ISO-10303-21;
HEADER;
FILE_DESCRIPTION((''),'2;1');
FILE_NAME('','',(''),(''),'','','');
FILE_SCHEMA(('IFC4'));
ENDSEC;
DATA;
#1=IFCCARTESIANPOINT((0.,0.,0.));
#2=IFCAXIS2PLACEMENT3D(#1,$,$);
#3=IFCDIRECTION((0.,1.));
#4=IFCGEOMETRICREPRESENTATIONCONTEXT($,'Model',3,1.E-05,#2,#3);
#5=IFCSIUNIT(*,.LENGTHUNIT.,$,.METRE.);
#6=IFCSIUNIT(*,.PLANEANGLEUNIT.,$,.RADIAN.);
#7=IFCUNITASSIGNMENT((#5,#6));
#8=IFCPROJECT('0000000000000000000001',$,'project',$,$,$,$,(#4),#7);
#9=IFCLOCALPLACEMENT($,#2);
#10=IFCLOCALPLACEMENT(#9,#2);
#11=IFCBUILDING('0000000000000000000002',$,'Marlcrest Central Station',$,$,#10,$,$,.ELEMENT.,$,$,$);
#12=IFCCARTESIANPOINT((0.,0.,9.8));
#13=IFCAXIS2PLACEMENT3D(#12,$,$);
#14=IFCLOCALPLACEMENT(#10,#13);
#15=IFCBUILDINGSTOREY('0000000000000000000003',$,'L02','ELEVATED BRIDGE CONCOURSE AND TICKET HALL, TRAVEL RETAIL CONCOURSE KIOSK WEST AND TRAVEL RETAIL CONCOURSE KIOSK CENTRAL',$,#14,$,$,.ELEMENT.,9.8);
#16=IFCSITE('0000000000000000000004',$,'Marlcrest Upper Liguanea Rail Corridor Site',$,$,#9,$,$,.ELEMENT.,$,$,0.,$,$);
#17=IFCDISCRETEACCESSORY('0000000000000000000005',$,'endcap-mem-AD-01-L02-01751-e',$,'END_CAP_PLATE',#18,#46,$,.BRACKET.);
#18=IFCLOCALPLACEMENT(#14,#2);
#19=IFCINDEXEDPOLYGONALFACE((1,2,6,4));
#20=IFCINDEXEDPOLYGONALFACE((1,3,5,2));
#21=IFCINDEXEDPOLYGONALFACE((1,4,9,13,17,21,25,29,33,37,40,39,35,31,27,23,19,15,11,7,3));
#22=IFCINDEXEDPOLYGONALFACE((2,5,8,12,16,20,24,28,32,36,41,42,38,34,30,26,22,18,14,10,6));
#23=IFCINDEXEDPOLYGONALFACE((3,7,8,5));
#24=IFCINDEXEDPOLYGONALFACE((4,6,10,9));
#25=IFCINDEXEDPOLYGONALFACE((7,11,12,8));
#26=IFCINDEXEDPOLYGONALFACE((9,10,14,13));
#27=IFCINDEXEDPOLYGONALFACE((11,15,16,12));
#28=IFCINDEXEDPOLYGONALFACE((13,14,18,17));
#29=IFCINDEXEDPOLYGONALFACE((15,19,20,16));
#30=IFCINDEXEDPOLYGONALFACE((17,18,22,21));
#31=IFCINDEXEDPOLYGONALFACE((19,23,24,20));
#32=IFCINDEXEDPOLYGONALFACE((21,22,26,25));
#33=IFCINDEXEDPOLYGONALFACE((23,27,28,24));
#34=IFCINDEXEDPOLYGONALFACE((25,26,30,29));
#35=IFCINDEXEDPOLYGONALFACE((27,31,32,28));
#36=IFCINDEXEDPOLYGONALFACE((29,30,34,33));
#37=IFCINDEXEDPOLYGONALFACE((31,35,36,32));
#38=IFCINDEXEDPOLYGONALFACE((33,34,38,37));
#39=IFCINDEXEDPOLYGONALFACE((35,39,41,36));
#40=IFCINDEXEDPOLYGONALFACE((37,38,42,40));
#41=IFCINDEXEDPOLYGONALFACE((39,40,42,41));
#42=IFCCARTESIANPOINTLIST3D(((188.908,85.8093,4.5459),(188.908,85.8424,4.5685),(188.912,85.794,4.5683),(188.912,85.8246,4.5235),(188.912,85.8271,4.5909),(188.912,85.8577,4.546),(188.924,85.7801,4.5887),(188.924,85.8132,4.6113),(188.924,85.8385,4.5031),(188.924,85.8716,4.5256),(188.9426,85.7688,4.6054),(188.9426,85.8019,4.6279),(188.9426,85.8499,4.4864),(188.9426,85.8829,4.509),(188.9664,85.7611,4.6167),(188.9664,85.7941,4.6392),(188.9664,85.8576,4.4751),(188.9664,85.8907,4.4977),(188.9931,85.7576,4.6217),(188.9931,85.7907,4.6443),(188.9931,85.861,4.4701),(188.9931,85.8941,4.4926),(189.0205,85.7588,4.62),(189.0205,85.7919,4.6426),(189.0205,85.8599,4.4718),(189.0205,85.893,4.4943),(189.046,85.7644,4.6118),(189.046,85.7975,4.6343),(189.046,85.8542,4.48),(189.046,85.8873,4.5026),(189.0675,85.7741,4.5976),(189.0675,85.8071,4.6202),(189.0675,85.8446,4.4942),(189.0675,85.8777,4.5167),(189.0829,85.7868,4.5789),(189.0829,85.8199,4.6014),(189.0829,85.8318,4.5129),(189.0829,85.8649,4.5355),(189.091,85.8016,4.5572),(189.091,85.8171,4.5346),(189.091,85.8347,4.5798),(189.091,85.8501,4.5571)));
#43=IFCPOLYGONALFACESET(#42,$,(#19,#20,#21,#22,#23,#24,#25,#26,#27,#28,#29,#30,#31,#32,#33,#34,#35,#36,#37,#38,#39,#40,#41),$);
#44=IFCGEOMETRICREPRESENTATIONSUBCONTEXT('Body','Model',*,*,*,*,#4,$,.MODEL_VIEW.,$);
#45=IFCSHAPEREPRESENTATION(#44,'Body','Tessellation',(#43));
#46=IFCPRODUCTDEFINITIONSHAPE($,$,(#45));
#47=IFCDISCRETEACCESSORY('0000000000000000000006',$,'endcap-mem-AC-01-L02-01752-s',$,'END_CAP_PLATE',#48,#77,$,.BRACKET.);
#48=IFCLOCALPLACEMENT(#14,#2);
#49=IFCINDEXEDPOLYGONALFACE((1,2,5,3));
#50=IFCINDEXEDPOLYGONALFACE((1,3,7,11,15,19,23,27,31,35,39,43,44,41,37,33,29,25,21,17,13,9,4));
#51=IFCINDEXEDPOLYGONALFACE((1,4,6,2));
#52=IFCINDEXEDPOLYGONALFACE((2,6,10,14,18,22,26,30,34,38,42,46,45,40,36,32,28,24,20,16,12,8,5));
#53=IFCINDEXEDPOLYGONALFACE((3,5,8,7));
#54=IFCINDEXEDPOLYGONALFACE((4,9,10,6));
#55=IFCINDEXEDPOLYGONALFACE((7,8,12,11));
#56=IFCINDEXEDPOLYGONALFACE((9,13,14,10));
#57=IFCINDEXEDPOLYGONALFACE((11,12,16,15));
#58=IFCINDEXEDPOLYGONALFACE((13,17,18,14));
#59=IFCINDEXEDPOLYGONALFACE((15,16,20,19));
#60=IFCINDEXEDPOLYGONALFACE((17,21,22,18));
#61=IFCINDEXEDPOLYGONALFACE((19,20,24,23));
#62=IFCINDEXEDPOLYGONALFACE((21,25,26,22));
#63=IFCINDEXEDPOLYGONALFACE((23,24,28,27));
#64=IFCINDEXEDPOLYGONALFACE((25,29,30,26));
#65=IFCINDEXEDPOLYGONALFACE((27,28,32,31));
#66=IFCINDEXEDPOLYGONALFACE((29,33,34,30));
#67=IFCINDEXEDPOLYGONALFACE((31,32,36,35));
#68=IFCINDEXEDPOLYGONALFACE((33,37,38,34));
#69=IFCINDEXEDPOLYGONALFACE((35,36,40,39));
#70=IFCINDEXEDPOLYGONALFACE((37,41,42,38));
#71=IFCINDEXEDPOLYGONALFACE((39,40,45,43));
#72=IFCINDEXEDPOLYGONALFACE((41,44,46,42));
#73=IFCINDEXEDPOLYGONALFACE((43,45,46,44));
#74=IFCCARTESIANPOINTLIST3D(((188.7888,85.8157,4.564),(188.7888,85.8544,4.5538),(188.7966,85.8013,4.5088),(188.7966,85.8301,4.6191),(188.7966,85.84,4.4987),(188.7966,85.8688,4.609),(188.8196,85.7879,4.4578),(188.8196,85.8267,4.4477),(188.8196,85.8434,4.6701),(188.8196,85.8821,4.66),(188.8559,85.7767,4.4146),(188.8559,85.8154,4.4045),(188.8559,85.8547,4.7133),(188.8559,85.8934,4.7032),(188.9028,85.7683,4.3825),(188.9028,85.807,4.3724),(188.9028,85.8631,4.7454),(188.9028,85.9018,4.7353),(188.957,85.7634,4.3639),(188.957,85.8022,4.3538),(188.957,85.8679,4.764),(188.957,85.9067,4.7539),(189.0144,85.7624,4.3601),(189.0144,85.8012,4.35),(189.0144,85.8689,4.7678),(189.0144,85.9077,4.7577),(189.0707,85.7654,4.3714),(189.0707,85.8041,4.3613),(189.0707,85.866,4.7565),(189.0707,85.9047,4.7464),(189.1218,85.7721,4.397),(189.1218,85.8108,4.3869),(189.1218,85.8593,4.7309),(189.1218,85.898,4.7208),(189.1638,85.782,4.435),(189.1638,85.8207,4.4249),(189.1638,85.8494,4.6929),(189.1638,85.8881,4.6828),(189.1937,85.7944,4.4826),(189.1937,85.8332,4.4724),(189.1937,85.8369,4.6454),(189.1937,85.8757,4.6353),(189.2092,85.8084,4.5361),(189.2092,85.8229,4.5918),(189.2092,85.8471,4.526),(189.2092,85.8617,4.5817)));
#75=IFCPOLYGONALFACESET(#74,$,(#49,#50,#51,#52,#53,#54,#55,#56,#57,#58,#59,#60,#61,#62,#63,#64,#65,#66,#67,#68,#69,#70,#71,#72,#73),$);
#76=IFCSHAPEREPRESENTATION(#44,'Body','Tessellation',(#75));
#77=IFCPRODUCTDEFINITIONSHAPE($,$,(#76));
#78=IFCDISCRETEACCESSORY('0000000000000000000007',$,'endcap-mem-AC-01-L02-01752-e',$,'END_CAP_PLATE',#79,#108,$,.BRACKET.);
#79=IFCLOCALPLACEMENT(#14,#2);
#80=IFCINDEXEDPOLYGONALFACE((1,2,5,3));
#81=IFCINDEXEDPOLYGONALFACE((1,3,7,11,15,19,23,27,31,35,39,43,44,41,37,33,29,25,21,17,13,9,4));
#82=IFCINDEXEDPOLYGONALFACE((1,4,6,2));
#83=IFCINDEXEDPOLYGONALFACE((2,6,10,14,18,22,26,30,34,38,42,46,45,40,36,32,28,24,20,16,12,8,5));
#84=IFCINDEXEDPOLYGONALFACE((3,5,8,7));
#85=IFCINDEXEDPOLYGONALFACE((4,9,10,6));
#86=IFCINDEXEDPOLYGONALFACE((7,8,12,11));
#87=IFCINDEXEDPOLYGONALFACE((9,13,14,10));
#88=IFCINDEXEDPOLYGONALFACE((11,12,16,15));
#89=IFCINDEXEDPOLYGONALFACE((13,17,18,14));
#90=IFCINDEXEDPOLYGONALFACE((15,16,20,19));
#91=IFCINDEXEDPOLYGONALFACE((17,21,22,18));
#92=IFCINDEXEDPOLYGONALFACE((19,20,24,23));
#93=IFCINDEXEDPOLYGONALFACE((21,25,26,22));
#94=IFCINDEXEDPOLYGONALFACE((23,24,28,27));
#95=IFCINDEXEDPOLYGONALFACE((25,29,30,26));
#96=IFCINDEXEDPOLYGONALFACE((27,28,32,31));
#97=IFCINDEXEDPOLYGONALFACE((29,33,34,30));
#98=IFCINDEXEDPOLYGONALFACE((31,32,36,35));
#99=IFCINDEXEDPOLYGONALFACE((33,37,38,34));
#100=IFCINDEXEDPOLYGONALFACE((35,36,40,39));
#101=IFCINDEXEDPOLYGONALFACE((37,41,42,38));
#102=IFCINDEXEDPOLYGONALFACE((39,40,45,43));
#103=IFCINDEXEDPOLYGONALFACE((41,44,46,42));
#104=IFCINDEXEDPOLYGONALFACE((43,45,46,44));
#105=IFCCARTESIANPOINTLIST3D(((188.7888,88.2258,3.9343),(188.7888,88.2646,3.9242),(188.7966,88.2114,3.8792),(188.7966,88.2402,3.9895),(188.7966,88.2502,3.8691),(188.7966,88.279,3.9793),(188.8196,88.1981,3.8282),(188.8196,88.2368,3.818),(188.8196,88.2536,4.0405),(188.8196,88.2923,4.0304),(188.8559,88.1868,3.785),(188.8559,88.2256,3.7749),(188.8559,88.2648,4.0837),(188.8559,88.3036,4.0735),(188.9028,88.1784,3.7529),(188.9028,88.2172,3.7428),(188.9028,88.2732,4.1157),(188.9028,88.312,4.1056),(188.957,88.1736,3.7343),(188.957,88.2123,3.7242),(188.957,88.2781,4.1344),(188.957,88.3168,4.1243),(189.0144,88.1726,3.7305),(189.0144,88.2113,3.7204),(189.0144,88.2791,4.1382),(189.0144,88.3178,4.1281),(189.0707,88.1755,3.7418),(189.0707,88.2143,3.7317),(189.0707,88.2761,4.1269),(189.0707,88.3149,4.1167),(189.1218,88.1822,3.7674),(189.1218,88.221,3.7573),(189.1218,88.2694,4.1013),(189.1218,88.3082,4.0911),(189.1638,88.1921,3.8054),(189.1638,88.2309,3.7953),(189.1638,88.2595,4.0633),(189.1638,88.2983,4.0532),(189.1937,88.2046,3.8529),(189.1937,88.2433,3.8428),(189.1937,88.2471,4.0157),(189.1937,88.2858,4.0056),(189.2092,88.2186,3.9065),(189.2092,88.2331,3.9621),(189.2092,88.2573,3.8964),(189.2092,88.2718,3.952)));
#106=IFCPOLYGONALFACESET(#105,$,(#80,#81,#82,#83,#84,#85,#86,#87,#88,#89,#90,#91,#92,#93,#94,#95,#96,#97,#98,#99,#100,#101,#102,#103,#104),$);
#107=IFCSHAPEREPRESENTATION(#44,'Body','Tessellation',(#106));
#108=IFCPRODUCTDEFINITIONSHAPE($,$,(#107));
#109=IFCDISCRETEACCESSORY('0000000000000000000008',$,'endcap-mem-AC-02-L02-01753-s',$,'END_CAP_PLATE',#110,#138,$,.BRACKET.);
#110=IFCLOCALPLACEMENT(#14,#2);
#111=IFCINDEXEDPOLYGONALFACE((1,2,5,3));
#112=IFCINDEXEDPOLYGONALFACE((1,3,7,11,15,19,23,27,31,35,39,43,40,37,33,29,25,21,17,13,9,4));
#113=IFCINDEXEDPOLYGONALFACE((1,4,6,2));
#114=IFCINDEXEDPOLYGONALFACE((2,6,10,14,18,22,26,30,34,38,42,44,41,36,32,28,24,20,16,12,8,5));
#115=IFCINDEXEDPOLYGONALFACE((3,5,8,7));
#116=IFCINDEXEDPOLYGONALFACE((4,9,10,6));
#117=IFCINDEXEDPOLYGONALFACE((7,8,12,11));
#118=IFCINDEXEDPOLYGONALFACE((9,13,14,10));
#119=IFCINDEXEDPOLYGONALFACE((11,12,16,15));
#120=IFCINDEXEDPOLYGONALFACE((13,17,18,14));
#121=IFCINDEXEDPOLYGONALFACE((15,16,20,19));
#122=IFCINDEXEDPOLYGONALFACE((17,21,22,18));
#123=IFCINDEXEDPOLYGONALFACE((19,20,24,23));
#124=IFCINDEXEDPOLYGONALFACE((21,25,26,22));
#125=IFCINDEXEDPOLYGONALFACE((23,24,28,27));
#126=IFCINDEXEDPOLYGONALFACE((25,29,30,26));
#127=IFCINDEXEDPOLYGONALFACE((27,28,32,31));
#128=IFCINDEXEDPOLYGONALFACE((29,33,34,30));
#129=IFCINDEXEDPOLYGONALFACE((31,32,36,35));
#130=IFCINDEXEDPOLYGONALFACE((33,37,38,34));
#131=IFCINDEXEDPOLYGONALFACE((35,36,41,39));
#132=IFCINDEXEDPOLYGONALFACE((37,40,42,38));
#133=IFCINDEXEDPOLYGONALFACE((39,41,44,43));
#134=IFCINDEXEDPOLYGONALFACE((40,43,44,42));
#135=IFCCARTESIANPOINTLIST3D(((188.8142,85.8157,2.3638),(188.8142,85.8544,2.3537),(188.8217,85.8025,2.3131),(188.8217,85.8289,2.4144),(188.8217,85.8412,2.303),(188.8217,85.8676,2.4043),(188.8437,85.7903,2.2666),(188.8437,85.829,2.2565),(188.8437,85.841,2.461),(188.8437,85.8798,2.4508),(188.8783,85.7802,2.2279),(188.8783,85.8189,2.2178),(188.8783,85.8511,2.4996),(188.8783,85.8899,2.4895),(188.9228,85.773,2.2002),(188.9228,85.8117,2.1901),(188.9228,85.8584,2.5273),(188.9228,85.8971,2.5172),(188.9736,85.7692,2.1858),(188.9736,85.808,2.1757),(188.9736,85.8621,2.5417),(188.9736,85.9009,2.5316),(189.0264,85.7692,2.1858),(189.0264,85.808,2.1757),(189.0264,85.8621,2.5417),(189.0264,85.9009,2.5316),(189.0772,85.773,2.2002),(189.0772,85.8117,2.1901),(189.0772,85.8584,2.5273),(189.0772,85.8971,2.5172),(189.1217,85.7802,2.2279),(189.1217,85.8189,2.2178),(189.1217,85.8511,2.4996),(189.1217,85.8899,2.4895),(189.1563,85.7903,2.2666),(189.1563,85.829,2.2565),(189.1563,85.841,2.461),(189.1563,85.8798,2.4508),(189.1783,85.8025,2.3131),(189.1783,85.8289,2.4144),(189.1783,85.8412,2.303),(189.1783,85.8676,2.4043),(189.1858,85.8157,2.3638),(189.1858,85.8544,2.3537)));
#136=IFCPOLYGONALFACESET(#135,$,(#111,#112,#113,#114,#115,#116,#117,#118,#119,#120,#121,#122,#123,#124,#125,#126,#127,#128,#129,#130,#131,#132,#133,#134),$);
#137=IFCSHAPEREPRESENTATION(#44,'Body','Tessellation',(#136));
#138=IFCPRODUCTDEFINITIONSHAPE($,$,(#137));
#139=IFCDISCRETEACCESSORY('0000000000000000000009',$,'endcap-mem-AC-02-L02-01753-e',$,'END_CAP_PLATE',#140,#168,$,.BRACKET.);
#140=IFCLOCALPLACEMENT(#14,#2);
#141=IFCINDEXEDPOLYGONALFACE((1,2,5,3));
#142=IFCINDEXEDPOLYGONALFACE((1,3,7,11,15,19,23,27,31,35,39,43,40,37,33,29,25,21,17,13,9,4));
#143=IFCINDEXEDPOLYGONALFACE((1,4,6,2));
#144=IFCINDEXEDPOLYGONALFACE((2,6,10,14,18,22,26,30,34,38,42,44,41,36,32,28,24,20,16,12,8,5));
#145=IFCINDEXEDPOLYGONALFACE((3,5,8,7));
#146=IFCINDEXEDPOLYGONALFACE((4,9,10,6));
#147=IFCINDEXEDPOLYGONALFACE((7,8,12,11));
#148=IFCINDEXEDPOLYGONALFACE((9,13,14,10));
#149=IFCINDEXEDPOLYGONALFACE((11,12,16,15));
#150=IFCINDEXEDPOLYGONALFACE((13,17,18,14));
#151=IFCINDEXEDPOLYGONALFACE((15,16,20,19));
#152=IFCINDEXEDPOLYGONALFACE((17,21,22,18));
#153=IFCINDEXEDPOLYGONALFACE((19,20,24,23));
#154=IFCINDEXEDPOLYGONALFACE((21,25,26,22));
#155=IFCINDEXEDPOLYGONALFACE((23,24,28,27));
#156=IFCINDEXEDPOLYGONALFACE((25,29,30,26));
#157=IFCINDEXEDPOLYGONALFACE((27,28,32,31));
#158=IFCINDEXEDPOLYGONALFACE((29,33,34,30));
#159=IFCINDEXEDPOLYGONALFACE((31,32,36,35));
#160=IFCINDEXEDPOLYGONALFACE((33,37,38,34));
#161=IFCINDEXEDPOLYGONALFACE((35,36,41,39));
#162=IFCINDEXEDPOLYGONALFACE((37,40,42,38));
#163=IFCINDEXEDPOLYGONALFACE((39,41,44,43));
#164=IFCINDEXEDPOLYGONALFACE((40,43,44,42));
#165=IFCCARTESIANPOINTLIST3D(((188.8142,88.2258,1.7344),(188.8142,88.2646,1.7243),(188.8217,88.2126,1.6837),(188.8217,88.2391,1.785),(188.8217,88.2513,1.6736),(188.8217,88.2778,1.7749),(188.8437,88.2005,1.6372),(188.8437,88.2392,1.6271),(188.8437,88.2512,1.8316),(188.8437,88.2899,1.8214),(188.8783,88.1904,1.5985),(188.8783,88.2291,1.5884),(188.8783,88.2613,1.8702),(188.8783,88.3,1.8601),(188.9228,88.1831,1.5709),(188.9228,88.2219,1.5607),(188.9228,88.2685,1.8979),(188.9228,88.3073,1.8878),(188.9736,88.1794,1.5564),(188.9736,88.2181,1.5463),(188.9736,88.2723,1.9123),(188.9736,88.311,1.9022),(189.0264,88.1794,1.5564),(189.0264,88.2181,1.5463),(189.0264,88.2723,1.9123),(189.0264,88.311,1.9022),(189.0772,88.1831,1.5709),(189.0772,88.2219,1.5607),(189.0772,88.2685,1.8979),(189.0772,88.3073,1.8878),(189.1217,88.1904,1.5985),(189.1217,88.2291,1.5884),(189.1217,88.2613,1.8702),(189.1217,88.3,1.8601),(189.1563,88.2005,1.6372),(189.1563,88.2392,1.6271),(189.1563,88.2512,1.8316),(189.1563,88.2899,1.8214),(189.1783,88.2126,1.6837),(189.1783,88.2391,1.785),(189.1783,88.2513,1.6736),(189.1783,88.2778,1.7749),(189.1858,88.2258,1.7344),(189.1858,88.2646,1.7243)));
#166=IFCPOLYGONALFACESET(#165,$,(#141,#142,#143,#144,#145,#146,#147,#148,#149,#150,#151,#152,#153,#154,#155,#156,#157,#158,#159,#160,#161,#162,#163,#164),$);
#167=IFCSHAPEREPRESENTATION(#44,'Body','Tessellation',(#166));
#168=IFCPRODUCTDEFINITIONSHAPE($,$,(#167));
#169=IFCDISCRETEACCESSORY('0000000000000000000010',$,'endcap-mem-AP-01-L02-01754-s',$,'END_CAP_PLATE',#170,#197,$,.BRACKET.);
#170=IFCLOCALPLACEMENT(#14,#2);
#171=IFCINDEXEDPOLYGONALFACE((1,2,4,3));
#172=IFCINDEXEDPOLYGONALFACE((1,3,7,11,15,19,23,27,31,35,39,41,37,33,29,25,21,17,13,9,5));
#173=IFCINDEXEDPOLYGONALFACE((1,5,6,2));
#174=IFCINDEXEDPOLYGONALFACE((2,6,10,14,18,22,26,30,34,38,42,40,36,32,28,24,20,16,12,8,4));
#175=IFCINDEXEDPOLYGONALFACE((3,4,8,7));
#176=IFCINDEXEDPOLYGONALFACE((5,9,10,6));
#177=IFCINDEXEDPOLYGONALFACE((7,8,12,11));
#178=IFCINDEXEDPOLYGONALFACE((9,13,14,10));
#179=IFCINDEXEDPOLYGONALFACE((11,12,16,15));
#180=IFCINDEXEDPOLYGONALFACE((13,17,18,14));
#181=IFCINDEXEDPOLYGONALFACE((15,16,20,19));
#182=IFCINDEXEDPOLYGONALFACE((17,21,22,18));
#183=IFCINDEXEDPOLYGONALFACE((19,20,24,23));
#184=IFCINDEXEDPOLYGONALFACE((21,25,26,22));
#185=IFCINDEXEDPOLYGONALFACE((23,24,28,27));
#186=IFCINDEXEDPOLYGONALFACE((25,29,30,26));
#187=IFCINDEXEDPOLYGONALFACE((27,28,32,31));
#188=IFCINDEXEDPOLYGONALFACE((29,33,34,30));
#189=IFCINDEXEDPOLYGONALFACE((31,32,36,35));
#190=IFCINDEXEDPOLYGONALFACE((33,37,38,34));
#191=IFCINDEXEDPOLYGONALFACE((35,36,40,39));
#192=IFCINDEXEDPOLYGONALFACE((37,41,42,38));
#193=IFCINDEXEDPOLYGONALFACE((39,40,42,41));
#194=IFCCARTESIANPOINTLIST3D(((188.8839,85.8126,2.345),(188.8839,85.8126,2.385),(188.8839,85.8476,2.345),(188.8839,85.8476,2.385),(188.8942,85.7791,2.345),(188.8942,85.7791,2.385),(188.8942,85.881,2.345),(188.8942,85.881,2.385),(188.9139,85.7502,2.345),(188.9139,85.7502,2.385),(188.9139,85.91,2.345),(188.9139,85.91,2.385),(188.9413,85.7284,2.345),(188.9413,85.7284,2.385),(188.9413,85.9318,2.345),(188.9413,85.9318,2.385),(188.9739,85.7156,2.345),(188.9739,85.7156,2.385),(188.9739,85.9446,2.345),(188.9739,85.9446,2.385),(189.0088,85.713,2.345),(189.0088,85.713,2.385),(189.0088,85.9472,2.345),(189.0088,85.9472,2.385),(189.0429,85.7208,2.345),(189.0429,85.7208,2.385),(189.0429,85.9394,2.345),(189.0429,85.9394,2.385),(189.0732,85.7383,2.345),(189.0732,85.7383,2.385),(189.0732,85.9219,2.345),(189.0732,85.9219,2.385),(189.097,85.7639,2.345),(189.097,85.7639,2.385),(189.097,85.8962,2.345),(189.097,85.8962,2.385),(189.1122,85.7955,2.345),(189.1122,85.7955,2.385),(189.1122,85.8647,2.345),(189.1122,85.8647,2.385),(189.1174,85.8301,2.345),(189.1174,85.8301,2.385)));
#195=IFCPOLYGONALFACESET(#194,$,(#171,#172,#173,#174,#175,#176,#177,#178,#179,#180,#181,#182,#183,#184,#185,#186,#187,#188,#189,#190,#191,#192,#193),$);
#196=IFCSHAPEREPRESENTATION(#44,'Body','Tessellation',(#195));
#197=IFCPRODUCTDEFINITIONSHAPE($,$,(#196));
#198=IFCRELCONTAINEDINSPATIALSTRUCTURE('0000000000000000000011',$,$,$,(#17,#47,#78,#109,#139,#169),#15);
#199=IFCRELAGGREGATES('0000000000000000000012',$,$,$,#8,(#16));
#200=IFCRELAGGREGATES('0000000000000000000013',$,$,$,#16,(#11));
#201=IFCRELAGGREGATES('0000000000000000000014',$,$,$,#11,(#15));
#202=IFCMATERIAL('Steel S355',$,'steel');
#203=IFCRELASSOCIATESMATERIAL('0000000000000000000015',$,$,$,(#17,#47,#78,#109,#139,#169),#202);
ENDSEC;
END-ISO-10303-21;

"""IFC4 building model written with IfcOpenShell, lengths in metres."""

from ifc_helpers import new_model, si_unit, direction, frame, origin, origin_2d, place, context, subcontext, project, spatial, circle, extrude, material, element, save


model = new_model("IFC4")

# Units and contexts
model_context = context("Model", 3, precision=1e-05, world=origin(), true_north=direction((0.0, 1.0)))
body_context = subcontext(model_context, "Body", "Model", "MODEL_VIEW")
ifc_project = project(units=[si_unit("LENGTHUNIT", "METRE"), si_unit("PLANEANGLEUNIT", "RADIAN")], contexts=[model_context])

# Site, building, storey
site_placement = place(None, origin())
site = spatial("IfcSite", under=ifc_project, at=site_placement, Name="Marlcrest Upper Liguanea Rail Corridor Site", CompositionType="ELEMENT", RefElevation=0.0)
building_placement = place(site_placement, origin())
building = spatial("IfcBuilding", under=site, at=building_placement, Name="Marlcrest Central Station", CompositionType="ELEMENT")
storey_placement = place(building_placement, frame((0.0, 0.0, 9.8)))
storey = spatial("IfcBuildingStorey", under=building, at=storey_placement, Name="L02", Description="ELEVATED BRIDGE CONCOURSE AND TICKET HALL, TRAVEL RETAIL CONCOURSE KIOSK WEST AND TRAVEL RETAIL CONCOURSE KIOSK CENTRAL", CompositionType="ELEMENT", Elevation=9.8)

# Shared definitions
ifc_material_1 = material(Name="Steel S355", Category="steel")

# Discrete accessories
discrete_accessory_1_placement = place(storey_placement, frame((189.0, 85.8093, 4.5459), z_axis=(0.0, 0.826263, 0.563285), x_axis=(-1.0, 0.0, 0.0)))
element("IfcDiscreteAccessory", 1, at=discrete_accessory_1_placement, inside=storey, material=ifc_material_1, Name="endcap-mem-AD-01-L02-01751-e", ObjectType="END_CAP_PLATE", PredefinedType="BRACKET", context=body_context, shape_type="SweptSolid", body=[
    extrude(circle(Radius=0.092, at=origin_2d()), origin(), (0.0, 0.0, 1.0), 0.04),
])
for number, where, z_axis, x_axis, name in (
    (2, (189.0, 85.8157, 4.564), (0.0, 0.967539, -0.25272), (-1.0, 0.0, 0.0), "endcap-mem-AC-01-L02-01752-s"),
    (3, (189.0, 88.2258, 3.9343), (0.0, 0.967539, -0.25272), (-1.0, 0.0, 0.0), "endcap-mem-AC-01-L02-01752-e"),
):
    element("IfcDiscreteAccessory", number, at=place(storey_placement, frame(where, z_axis=z_axis, x_axis=x_axis)), inside=storey, material=ifc_material_1, Name=name, ObjectType="END_CAP_PLATE", PredefinedType="BRACKET", context=body_context, shape_type="SweptSolid", body=[
        extrude(circle(Radius=0.2112, at=origin_2d()), origin(), (0.0, 0.0, 1.0), 0.04),
    ])
for number, where, z_axis, x_axis, name in (
    (4, (189.0, 85.8157, 2.3638), (0.0, 0.967563, -0.252629), (-1.0, 0.0, 0.0), "endcap-mem-AC-02-L02-01753-s"),
    (5, (189.0, 88.2258, 1.7344), (0.0, 0.967563, -0.252629), (-1.0, 0.0, 0.0), "endcap-mem-AC-02-L02-01753-e"),
):
    element("IfcDiscreteAccessory", number, at=place(storey_placement, frame(where, z_axis=z_axis, x_axis=x_axis)), inside=storey, material=ifc_material_1, Name=name, ObjectType="END_CAP_PLATE", PredefinedType="BRACKET", context=body_context, shape_type="SweptSolid", body=[
        extrude(circle(Radius=0.1858, at=origin_2d()), origin(), (0.0, 0.0, 1.0), 0.04),
    ])
for number, where, z_axis, x_axis, name in (
    (6, (189.0, 85.8301, 2.345), (0.0, 0.0, 1.0), (1.0, 0.0, 0.0), "endcap-mem-AP-01-L02-01754-s"),
):
    element("IfcDiscreteAccessory", number, at=place(storey_placement, frame(where, z_axis=z_axis, x_axis=x_axis)), inside=storey, material=ifc_material_1, Name=name, ObjectType="END_CAP_PLATE", PredefinedType="BRACKET", context=body_context, shape_type="SweptSolid", body=[
        extrude(circle(Radius=0.1174, at=origin_2d()), origin(), (0.0, 0.0, 1.0), 0.04),
    ])

save(model, "model.ifc")
